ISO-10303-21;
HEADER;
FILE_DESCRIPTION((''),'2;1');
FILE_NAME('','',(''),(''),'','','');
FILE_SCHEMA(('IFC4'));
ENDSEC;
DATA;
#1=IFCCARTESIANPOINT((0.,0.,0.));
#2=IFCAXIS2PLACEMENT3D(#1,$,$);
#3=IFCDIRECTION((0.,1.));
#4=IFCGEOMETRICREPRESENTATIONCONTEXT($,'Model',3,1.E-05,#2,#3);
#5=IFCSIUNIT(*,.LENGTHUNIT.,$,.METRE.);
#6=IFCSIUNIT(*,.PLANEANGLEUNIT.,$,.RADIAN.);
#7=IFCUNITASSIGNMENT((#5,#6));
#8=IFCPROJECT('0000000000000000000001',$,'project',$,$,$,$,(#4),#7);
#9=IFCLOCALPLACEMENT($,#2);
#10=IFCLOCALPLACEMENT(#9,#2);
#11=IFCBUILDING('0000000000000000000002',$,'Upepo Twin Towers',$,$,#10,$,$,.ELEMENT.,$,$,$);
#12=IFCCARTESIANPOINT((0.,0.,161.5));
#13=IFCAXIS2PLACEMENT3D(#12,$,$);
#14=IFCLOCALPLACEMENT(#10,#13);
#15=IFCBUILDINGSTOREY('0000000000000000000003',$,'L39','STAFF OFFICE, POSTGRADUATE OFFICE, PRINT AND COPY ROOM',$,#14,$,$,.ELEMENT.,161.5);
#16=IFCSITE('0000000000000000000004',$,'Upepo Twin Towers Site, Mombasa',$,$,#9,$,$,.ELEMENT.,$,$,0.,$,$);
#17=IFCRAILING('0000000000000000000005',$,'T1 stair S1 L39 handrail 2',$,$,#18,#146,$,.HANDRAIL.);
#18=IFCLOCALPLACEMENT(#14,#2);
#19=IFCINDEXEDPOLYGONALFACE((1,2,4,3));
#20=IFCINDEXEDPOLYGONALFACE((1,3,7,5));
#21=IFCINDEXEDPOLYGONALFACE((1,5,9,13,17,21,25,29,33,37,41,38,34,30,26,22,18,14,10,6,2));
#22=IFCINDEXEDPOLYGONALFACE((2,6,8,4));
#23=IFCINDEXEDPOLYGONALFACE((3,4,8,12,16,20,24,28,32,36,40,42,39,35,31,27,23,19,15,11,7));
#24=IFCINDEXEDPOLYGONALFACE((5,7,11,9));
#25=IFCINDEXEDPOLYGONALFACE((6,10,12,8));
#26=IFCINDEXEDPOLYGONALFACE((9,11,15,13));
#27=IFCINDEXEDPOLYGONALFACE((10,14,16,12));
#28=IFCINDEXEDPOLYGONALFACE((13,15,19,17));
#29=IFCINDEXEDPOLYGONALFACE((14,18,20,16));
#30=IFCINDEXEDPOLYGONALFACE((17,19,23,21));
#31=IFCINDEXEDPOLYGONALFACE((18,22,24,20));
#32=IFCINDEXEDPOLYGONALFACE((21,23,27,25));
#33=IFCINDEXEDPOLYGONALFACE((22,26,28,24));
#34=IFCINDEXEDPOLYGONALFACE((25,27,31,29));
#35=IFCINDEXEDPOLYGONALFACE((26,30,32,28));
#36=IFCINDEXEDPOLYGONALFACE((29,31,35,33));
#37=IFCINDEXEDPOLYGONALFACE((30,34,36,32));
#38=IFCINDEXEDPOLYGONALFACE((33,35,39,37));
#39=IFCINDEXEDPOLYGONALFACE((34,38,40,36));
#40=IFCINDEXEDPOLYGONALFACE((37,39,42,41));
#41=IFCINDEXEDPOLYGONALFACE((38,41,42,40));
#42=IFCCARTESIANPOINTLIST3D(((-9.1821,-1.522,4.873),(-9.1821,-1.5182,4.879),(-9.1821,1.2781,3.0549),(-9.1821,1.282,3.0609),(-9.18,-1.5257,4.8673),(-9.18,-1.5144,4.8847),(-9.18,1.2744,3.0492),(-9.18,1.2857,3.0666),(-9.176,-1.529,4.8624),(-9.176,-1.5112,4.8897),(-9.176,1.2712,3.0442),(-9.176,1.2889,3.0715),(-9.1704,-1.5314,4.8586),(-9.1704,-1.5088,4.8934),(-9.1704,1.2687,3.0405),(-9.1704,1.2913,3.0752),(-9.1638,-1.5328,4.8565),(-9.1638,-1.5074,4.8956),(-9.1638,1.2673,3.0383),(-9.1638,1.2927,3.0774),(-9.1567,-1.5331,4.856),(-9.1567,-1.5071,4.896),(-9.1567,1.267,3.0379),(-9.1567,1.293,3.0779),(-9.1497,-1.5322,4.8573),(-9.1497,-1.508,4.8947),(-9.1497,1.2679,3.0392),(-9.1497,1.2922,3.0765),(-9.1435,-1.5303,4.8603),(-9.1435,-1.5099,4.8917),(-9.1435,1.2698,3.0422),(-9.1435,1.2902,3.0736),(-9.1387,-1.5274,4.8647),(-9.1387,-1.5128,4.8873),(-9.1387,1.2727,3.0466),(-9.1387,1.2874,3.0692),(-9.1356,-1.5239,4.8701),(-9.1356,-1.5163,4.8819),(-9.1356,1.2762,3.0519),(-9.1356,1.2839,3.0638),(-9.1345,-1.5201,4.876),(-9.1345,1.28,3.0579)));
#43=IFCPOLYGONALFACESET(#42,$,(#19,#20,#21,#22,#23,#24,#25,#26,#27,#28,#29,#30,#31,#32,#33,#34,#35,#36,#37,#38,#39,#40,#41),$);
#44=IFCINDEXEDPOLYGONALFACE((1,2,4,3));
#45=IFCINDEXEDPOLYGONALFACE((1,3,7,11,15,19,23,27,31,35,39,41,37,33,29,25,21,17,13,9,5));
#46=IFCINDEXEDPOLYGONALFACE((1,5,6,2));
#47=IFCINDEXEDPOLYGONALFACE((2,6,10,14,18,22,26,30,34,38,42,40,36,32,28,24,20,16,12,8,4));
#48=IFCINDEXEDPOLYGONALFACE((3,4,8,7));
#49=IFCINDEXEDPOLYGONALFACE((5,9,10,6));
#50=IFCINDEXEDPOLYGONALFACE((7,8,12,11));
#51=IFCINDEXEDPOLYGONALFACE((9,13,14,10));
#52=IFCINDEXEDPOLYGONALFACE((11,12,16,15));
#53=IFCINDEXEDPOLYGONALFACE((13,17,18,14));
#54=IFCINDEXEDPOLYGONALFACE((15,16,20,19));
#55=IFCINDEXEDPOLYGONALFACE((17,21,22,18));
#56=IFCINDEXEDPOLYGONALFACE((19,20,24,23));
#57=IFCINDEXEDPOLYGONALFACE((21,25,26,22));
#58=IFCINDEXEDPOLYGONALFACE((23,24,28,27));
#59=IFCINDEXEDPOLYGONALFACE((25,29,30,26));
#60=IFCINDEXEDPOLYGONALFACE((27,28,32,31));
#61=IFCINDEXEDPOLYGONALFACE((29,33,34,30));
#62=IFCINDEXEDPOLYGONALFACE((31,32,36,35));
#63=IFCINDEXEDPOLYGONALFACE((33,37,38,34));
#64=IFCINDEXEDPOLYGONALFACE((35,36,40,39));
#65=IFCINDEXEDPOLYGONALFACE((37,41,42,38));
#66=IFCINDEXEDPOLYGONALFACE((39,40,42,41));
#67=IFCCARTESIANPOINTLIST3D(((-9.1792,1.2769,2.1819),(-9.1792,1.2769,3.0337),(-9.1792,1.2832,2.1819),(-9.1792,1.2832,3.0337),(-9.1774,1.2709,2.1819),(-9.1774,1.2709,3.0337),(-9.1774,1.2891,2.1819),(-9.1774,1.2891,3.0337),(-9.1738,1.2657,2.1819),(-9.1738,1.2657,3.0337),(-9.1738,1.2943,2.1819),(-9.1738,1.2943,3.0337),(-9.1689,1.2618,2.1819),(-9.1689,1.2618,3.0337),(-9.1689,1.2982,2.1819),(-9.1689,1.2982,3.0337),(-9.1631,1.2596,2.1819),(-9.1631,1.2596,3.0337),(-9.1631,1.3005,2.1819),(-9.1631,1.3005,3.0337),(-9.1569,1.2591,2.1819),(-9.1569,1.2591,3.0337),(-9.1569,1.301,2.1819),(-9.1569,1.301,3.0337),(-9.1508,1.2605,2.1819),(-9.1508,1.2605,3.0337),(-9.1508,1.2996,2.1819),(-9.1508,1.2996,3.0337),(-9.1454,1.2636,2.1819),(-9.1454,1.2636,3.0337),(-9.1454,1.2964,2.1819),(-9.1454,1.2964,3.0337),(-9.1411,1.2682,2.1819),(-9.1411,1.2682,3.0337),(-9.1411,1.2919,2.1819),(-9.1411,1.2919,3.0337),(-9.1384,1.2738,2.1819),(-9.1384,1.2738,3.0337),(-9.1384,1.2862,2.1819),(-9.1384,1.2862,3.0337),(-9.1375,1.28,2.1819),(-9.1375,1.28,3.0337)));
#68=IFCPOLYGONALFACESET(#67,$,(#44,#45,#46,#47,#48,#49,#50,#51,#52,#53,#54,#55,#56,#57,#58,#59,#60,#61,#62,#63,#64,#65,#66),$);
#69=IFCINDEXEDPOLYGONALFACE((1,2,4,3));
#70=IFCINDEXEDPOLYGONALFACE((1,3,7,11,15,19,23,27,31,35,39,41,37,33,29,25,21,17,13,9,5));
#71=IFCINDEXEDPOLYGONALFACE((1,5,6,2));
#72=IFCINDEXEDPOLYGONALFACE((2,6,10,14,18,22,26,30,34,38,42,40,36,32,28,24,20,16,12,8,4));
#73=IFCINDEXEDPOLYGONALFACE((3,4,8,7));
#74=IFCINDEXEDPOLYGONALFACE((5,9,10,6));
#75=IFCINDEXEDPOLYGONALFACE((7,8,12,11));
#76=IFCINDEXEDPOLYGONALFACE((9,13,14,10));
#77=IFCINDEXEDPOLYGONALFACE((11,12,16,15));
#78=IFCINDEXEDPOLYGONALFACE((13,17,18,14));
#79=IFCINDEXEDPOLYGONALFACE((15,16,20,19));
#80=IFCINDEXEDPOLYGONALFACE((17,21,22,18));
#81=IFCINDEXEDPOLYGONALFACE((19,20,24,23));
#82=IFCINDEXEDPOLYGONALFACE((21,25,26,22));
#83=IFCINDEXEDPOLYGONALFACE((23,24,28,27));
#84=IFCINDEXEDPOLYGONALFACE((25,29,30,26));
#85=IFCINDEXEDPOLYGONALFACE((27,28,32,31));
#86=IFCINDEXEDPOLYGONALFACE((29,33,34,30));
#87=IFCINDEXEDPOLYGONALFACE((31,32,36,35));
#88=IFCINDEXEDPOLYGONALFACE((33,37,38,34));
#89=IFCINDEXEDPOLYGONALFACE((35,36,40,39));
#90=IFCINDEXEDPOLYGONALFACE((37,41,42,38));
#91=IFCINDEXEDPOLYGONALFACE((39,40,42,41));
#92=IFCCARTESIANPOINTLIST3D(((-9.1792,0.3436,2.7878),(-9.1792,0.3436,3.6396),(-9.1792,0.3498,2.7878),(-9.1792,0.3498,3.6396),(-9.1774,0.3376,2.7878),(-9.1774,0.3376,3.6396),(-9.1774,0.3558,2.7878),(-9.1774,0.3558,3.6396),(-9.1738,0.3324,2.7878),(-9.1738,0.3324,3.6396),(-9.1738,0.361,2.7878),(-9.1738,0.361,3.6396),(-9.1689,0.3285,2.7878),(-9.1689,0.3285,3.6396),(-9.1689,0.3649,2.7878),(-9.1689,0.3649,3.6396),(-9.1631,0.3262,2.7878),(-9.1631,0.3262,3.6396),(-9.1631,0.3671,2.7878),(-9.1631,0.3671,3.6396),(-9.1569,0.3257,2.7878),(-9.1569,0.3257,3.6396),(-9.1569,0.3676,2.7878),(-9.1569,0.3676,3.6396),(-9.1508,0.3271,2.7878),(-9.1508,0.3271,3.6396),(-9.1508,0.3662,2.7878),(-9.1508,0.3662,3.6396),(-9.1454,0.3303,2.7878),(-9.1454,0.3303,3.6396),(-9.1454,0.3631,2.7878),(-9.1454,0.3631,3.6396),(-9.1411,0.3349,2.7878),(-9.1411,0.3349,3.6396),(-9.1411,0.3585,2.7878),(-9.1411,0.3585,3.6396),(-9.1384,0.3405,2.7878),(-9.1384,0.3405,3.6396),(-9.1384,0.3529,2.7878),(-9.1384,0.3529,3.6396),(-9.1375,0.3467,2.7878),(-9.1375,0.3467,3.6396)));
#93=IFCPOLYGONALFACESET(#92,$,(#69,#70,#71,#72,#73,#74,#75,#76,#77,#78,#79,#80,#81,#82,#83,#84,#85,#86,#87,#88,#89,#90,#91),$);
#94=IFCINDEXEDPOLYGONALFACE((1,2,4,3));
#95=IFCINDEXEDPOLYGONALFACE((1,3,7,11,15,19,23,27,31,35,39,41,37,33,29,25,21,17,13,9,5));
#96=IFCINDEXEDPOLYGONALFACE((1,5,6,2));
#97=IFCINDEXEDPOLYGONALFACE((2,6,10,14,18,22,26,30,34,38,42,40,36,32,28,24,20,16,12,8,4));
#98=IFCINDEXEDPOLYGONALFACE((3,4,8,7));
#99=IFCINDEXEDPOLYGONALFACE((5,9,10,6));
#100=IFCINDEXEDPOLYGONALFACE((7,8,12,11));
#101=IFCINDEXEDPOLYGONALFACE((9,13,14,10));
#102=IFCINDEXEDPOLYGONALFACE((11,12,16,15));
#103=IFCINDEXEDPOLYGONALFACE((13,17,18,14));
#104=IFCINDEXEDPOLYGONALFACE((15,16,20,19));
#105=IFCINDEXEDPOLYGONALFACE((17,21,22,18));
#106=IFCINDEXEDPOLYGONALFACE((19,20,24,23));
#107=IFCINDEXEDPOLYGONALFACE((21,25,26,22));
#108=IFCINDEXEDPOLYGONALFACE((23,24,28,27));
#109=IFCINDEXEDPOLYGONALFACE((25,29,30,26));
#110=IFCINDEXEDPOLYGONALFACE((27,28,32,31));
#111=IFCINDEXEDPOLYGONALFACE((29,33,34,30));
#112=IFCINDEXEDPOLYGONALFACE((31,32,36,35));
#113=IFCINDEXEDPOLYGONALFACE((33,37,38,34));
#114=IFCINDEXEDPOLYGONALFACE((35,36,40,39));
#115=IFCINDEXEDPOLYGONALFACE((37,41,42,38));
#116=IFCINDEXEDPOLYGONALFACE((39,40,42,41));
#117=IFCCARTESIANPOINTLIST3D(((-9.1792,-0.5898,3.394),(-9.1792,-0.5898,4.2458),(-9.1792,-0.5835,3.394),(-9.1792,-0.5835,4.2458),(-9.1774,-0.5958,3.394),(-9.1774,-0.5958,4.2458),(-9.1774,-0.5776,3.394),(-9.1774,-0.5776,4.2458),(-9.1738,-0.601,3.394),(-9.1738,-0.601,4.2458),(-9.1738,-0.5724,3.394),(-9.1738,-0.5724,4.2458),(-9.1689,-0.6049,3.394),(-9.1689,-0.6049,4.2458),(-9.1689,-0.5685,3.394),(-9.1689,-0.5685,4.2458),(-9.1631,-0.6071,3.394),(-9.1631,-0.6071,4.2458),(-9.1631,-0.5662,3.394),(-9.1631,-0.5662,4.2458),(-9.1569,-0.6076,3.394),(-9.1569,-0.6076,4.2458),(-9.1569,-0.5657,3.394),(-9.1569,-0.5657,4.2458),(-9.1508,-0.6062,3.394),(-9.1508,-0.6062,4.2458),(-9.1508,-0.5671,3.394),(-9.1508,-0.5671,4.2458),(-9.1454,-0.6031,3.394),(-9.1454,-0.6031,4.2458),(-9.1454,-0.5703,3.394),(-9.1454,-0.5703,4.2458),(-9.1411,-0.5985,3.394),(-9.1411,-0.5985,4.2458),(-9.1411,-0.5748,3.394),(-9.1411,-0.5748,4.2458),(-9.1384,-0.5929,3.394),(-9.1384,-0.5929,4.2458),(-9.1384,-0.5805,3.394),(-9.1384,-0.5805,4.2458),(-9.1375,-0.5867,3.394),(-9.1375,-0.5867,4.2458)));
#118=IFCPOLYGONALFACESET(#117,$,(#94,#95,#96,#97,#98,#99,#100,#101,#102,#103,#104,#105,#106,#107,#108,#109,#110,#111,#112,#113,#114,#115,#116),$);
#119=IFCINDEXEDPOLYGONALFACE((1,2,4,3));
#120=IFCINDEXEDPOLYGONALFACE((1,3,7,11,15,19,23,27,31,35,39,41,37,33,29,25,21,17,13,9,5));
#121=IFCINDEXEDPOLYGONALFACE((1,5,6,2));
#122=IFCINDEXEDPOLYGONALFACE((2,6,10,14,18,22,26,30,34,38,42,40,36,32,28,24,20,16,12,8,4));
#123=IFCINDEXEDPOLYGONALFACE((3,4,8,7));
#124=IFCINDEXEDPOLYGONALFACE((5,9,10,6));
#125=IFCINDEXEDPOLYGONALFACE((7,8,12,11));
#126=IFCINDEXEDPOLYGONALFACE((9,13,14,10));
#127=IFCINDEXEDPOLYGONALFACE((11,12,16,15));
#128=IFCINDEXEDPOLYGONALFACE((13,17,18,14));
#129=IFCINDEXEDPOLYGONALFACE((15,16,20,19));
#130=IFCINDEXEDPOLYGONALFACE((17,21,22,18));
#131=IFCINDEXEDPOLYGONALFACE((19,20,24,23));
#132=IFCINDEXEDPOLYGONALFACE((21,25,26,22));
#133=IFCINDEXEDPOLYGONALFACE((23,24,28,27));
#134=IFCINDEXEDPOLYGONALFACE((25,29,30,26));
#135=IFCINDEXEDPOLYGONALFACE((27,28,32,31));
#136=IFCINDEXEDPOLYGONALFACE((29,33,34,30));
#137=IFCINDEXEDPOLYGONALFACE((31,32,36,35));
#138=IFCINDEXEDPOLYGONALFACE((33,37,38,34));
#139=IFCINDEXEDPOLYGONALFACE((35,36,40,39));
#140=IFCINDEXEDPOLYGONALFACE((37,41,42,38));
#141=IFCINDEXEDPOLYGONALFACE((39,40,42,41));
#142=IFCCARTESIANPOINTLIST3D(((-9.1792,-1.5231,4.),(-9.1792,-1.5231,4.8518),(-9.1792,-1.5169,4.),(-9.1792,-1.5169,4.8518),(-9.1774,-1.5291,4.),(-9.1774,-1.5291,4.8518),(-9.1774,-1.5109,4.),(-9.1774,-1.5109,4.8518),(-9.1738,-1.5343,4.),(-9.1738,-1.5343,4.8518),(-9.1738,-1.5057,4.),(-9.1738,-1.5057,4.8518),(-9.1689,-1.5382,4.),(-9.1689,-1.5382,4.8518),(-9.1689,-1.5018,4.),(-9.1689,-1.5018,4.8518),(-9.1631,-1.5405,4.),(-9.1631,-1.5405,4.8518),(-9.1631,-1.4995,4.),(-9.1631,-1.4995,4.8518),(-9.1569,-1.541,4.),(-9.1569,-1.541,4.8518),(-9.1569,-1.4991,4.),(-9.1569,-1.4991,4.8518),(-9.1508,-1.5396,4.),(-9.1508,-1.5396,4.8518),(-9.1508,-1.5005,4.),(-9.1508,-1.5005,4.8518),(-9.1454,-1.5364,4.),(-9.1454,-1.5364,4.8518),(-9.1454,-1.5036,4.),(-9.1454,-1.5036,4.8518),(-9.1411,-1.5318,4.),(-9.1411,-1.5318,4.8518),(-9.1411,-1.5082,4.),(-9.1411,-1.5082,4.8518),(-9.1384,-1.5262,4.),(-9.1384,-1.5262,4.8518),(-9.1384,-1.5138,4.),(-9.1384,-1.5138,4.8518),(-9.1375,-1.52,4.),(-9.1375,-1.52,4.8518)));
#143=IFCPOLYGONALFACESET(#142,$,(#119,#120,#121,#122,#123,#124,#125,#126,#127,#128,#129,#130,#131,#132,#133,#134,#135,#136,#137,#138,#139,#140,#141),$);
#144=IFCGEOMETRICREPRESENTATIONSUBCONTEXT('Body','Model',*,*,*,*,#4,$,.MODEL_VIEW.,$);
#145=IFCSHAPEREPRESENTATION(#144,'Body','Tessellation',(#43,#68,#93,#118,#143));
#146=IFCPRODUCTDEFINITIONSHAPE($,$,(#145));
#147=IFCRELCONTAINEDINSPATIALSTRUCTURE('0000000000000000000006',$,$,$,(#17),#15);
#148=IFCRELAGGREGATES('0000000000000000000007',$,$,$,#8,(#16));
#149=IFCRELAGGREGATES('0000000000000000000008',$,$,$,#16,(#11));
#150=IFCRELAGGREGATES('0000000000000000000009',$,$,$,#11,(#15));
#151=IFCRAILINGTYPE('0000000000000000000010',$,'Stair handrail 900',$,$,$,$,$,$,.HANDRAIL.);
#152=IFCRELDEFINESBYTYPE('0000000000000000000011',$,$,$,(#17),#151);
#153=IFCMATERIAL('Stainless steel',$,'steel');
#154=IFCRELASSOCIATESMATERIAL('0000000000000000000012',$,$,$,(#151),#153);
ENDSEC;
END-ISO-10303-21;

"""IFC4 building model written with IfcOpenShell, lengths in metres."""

from ifc_helpers import new_model, si_unit, direction, frame, origin, origin_2d, place, context, subcontext, project, spatial, circle, extrude, material, type_object, element, save


model = new_model("IFC4")

# Units and contexts
model_context = context("Model", 3, precision=1e-05, world=origin(), true_north=direction((0.0, 1.0)))
body_context = subcontext(model_context, "Body", "Model", "MODEL_VIEW")
ifc_project = project(units=[si_unit("LENGTHUNIT", "METRE"), si_unit("PLANEANGLEUNIT", "RADIAN")], contexts=[model_context])

# Site, building, storey
site_placement = place(None, origin())
site = spatial("IfcSite", under=ifc_project, at=site_placement, Name="Upepo Twin Towers Site, Mombasa", CompositionType="ELEMENT", RefElevation=0.0)
building_placement = place(site_placement, origin())
building = spatial("IfcBuilding", under=site, at=building_placement, Name="Upepo Twin Towers", CompositionType="ELEMENT")
storey_placement = place(building_placement, frame((0.0, 0.0, 161.5)))
storey = spatial("IfcBuildingStorey", under=building, at=storey_placement, Name="L39", Description="STAFF OFFICE, POSTGRADUATE OFFICE, PRINT AND COPY ROOM", CompositionType="ELEMENT", Elevation=161.5)

# Railing
ifc_material_1 = material(Name="Stainless steel", Category="steel")
railing_type = type_object("IfcRailingType", Name="Stair handrail 900", PredefinedType="HANDRAIL", material=ifc_material_1)
railing_1_placement = place(storey_placement, frame((-9.1584, 1.28, 2.1819)))
element("IfcRailing", 1, at=railing_1_placement, inside=storey, type_object=railing_type, Name="T1 stair S1 L39 handrail 2", PredefinedType="HANDRAIL", context=body_context, shape_type="SweptSolid", body=[
    extrude(circle(Radius=0.0239, at=origin_2d()), frame((0.0, 0.0, 0.876), z_axis=(0.0, -0.838706, 0.544585), x_axis=(1.0, 0.0, 0.0)), (0.0, 0.0, 1.0), 3.3386),
    extrude(circle(Radius=0.021, at=origin_2d()), origin(), (0.0, 0.0, 1.0), 0.8518),
    extrude(circle(Radius=0.021, at=origin_2d()), frame((0.0, -0.9333, 0.606)), (0.0, 0.0, 1.0), 0.8518),
    extrude(circle(Radius=0.021, at=origin_2d()), frame((0.0, -1.8667, 1.2122)), (0.0, 0.0, 1.0), 0.8518),
    extrude(circle(Radius=0.021, at=origin_2d()), frame((0.0, -2.8, 1.8181)), (0.0, 0.0, 1.0), 0.8518),
])

save(model, "model.ifc")
